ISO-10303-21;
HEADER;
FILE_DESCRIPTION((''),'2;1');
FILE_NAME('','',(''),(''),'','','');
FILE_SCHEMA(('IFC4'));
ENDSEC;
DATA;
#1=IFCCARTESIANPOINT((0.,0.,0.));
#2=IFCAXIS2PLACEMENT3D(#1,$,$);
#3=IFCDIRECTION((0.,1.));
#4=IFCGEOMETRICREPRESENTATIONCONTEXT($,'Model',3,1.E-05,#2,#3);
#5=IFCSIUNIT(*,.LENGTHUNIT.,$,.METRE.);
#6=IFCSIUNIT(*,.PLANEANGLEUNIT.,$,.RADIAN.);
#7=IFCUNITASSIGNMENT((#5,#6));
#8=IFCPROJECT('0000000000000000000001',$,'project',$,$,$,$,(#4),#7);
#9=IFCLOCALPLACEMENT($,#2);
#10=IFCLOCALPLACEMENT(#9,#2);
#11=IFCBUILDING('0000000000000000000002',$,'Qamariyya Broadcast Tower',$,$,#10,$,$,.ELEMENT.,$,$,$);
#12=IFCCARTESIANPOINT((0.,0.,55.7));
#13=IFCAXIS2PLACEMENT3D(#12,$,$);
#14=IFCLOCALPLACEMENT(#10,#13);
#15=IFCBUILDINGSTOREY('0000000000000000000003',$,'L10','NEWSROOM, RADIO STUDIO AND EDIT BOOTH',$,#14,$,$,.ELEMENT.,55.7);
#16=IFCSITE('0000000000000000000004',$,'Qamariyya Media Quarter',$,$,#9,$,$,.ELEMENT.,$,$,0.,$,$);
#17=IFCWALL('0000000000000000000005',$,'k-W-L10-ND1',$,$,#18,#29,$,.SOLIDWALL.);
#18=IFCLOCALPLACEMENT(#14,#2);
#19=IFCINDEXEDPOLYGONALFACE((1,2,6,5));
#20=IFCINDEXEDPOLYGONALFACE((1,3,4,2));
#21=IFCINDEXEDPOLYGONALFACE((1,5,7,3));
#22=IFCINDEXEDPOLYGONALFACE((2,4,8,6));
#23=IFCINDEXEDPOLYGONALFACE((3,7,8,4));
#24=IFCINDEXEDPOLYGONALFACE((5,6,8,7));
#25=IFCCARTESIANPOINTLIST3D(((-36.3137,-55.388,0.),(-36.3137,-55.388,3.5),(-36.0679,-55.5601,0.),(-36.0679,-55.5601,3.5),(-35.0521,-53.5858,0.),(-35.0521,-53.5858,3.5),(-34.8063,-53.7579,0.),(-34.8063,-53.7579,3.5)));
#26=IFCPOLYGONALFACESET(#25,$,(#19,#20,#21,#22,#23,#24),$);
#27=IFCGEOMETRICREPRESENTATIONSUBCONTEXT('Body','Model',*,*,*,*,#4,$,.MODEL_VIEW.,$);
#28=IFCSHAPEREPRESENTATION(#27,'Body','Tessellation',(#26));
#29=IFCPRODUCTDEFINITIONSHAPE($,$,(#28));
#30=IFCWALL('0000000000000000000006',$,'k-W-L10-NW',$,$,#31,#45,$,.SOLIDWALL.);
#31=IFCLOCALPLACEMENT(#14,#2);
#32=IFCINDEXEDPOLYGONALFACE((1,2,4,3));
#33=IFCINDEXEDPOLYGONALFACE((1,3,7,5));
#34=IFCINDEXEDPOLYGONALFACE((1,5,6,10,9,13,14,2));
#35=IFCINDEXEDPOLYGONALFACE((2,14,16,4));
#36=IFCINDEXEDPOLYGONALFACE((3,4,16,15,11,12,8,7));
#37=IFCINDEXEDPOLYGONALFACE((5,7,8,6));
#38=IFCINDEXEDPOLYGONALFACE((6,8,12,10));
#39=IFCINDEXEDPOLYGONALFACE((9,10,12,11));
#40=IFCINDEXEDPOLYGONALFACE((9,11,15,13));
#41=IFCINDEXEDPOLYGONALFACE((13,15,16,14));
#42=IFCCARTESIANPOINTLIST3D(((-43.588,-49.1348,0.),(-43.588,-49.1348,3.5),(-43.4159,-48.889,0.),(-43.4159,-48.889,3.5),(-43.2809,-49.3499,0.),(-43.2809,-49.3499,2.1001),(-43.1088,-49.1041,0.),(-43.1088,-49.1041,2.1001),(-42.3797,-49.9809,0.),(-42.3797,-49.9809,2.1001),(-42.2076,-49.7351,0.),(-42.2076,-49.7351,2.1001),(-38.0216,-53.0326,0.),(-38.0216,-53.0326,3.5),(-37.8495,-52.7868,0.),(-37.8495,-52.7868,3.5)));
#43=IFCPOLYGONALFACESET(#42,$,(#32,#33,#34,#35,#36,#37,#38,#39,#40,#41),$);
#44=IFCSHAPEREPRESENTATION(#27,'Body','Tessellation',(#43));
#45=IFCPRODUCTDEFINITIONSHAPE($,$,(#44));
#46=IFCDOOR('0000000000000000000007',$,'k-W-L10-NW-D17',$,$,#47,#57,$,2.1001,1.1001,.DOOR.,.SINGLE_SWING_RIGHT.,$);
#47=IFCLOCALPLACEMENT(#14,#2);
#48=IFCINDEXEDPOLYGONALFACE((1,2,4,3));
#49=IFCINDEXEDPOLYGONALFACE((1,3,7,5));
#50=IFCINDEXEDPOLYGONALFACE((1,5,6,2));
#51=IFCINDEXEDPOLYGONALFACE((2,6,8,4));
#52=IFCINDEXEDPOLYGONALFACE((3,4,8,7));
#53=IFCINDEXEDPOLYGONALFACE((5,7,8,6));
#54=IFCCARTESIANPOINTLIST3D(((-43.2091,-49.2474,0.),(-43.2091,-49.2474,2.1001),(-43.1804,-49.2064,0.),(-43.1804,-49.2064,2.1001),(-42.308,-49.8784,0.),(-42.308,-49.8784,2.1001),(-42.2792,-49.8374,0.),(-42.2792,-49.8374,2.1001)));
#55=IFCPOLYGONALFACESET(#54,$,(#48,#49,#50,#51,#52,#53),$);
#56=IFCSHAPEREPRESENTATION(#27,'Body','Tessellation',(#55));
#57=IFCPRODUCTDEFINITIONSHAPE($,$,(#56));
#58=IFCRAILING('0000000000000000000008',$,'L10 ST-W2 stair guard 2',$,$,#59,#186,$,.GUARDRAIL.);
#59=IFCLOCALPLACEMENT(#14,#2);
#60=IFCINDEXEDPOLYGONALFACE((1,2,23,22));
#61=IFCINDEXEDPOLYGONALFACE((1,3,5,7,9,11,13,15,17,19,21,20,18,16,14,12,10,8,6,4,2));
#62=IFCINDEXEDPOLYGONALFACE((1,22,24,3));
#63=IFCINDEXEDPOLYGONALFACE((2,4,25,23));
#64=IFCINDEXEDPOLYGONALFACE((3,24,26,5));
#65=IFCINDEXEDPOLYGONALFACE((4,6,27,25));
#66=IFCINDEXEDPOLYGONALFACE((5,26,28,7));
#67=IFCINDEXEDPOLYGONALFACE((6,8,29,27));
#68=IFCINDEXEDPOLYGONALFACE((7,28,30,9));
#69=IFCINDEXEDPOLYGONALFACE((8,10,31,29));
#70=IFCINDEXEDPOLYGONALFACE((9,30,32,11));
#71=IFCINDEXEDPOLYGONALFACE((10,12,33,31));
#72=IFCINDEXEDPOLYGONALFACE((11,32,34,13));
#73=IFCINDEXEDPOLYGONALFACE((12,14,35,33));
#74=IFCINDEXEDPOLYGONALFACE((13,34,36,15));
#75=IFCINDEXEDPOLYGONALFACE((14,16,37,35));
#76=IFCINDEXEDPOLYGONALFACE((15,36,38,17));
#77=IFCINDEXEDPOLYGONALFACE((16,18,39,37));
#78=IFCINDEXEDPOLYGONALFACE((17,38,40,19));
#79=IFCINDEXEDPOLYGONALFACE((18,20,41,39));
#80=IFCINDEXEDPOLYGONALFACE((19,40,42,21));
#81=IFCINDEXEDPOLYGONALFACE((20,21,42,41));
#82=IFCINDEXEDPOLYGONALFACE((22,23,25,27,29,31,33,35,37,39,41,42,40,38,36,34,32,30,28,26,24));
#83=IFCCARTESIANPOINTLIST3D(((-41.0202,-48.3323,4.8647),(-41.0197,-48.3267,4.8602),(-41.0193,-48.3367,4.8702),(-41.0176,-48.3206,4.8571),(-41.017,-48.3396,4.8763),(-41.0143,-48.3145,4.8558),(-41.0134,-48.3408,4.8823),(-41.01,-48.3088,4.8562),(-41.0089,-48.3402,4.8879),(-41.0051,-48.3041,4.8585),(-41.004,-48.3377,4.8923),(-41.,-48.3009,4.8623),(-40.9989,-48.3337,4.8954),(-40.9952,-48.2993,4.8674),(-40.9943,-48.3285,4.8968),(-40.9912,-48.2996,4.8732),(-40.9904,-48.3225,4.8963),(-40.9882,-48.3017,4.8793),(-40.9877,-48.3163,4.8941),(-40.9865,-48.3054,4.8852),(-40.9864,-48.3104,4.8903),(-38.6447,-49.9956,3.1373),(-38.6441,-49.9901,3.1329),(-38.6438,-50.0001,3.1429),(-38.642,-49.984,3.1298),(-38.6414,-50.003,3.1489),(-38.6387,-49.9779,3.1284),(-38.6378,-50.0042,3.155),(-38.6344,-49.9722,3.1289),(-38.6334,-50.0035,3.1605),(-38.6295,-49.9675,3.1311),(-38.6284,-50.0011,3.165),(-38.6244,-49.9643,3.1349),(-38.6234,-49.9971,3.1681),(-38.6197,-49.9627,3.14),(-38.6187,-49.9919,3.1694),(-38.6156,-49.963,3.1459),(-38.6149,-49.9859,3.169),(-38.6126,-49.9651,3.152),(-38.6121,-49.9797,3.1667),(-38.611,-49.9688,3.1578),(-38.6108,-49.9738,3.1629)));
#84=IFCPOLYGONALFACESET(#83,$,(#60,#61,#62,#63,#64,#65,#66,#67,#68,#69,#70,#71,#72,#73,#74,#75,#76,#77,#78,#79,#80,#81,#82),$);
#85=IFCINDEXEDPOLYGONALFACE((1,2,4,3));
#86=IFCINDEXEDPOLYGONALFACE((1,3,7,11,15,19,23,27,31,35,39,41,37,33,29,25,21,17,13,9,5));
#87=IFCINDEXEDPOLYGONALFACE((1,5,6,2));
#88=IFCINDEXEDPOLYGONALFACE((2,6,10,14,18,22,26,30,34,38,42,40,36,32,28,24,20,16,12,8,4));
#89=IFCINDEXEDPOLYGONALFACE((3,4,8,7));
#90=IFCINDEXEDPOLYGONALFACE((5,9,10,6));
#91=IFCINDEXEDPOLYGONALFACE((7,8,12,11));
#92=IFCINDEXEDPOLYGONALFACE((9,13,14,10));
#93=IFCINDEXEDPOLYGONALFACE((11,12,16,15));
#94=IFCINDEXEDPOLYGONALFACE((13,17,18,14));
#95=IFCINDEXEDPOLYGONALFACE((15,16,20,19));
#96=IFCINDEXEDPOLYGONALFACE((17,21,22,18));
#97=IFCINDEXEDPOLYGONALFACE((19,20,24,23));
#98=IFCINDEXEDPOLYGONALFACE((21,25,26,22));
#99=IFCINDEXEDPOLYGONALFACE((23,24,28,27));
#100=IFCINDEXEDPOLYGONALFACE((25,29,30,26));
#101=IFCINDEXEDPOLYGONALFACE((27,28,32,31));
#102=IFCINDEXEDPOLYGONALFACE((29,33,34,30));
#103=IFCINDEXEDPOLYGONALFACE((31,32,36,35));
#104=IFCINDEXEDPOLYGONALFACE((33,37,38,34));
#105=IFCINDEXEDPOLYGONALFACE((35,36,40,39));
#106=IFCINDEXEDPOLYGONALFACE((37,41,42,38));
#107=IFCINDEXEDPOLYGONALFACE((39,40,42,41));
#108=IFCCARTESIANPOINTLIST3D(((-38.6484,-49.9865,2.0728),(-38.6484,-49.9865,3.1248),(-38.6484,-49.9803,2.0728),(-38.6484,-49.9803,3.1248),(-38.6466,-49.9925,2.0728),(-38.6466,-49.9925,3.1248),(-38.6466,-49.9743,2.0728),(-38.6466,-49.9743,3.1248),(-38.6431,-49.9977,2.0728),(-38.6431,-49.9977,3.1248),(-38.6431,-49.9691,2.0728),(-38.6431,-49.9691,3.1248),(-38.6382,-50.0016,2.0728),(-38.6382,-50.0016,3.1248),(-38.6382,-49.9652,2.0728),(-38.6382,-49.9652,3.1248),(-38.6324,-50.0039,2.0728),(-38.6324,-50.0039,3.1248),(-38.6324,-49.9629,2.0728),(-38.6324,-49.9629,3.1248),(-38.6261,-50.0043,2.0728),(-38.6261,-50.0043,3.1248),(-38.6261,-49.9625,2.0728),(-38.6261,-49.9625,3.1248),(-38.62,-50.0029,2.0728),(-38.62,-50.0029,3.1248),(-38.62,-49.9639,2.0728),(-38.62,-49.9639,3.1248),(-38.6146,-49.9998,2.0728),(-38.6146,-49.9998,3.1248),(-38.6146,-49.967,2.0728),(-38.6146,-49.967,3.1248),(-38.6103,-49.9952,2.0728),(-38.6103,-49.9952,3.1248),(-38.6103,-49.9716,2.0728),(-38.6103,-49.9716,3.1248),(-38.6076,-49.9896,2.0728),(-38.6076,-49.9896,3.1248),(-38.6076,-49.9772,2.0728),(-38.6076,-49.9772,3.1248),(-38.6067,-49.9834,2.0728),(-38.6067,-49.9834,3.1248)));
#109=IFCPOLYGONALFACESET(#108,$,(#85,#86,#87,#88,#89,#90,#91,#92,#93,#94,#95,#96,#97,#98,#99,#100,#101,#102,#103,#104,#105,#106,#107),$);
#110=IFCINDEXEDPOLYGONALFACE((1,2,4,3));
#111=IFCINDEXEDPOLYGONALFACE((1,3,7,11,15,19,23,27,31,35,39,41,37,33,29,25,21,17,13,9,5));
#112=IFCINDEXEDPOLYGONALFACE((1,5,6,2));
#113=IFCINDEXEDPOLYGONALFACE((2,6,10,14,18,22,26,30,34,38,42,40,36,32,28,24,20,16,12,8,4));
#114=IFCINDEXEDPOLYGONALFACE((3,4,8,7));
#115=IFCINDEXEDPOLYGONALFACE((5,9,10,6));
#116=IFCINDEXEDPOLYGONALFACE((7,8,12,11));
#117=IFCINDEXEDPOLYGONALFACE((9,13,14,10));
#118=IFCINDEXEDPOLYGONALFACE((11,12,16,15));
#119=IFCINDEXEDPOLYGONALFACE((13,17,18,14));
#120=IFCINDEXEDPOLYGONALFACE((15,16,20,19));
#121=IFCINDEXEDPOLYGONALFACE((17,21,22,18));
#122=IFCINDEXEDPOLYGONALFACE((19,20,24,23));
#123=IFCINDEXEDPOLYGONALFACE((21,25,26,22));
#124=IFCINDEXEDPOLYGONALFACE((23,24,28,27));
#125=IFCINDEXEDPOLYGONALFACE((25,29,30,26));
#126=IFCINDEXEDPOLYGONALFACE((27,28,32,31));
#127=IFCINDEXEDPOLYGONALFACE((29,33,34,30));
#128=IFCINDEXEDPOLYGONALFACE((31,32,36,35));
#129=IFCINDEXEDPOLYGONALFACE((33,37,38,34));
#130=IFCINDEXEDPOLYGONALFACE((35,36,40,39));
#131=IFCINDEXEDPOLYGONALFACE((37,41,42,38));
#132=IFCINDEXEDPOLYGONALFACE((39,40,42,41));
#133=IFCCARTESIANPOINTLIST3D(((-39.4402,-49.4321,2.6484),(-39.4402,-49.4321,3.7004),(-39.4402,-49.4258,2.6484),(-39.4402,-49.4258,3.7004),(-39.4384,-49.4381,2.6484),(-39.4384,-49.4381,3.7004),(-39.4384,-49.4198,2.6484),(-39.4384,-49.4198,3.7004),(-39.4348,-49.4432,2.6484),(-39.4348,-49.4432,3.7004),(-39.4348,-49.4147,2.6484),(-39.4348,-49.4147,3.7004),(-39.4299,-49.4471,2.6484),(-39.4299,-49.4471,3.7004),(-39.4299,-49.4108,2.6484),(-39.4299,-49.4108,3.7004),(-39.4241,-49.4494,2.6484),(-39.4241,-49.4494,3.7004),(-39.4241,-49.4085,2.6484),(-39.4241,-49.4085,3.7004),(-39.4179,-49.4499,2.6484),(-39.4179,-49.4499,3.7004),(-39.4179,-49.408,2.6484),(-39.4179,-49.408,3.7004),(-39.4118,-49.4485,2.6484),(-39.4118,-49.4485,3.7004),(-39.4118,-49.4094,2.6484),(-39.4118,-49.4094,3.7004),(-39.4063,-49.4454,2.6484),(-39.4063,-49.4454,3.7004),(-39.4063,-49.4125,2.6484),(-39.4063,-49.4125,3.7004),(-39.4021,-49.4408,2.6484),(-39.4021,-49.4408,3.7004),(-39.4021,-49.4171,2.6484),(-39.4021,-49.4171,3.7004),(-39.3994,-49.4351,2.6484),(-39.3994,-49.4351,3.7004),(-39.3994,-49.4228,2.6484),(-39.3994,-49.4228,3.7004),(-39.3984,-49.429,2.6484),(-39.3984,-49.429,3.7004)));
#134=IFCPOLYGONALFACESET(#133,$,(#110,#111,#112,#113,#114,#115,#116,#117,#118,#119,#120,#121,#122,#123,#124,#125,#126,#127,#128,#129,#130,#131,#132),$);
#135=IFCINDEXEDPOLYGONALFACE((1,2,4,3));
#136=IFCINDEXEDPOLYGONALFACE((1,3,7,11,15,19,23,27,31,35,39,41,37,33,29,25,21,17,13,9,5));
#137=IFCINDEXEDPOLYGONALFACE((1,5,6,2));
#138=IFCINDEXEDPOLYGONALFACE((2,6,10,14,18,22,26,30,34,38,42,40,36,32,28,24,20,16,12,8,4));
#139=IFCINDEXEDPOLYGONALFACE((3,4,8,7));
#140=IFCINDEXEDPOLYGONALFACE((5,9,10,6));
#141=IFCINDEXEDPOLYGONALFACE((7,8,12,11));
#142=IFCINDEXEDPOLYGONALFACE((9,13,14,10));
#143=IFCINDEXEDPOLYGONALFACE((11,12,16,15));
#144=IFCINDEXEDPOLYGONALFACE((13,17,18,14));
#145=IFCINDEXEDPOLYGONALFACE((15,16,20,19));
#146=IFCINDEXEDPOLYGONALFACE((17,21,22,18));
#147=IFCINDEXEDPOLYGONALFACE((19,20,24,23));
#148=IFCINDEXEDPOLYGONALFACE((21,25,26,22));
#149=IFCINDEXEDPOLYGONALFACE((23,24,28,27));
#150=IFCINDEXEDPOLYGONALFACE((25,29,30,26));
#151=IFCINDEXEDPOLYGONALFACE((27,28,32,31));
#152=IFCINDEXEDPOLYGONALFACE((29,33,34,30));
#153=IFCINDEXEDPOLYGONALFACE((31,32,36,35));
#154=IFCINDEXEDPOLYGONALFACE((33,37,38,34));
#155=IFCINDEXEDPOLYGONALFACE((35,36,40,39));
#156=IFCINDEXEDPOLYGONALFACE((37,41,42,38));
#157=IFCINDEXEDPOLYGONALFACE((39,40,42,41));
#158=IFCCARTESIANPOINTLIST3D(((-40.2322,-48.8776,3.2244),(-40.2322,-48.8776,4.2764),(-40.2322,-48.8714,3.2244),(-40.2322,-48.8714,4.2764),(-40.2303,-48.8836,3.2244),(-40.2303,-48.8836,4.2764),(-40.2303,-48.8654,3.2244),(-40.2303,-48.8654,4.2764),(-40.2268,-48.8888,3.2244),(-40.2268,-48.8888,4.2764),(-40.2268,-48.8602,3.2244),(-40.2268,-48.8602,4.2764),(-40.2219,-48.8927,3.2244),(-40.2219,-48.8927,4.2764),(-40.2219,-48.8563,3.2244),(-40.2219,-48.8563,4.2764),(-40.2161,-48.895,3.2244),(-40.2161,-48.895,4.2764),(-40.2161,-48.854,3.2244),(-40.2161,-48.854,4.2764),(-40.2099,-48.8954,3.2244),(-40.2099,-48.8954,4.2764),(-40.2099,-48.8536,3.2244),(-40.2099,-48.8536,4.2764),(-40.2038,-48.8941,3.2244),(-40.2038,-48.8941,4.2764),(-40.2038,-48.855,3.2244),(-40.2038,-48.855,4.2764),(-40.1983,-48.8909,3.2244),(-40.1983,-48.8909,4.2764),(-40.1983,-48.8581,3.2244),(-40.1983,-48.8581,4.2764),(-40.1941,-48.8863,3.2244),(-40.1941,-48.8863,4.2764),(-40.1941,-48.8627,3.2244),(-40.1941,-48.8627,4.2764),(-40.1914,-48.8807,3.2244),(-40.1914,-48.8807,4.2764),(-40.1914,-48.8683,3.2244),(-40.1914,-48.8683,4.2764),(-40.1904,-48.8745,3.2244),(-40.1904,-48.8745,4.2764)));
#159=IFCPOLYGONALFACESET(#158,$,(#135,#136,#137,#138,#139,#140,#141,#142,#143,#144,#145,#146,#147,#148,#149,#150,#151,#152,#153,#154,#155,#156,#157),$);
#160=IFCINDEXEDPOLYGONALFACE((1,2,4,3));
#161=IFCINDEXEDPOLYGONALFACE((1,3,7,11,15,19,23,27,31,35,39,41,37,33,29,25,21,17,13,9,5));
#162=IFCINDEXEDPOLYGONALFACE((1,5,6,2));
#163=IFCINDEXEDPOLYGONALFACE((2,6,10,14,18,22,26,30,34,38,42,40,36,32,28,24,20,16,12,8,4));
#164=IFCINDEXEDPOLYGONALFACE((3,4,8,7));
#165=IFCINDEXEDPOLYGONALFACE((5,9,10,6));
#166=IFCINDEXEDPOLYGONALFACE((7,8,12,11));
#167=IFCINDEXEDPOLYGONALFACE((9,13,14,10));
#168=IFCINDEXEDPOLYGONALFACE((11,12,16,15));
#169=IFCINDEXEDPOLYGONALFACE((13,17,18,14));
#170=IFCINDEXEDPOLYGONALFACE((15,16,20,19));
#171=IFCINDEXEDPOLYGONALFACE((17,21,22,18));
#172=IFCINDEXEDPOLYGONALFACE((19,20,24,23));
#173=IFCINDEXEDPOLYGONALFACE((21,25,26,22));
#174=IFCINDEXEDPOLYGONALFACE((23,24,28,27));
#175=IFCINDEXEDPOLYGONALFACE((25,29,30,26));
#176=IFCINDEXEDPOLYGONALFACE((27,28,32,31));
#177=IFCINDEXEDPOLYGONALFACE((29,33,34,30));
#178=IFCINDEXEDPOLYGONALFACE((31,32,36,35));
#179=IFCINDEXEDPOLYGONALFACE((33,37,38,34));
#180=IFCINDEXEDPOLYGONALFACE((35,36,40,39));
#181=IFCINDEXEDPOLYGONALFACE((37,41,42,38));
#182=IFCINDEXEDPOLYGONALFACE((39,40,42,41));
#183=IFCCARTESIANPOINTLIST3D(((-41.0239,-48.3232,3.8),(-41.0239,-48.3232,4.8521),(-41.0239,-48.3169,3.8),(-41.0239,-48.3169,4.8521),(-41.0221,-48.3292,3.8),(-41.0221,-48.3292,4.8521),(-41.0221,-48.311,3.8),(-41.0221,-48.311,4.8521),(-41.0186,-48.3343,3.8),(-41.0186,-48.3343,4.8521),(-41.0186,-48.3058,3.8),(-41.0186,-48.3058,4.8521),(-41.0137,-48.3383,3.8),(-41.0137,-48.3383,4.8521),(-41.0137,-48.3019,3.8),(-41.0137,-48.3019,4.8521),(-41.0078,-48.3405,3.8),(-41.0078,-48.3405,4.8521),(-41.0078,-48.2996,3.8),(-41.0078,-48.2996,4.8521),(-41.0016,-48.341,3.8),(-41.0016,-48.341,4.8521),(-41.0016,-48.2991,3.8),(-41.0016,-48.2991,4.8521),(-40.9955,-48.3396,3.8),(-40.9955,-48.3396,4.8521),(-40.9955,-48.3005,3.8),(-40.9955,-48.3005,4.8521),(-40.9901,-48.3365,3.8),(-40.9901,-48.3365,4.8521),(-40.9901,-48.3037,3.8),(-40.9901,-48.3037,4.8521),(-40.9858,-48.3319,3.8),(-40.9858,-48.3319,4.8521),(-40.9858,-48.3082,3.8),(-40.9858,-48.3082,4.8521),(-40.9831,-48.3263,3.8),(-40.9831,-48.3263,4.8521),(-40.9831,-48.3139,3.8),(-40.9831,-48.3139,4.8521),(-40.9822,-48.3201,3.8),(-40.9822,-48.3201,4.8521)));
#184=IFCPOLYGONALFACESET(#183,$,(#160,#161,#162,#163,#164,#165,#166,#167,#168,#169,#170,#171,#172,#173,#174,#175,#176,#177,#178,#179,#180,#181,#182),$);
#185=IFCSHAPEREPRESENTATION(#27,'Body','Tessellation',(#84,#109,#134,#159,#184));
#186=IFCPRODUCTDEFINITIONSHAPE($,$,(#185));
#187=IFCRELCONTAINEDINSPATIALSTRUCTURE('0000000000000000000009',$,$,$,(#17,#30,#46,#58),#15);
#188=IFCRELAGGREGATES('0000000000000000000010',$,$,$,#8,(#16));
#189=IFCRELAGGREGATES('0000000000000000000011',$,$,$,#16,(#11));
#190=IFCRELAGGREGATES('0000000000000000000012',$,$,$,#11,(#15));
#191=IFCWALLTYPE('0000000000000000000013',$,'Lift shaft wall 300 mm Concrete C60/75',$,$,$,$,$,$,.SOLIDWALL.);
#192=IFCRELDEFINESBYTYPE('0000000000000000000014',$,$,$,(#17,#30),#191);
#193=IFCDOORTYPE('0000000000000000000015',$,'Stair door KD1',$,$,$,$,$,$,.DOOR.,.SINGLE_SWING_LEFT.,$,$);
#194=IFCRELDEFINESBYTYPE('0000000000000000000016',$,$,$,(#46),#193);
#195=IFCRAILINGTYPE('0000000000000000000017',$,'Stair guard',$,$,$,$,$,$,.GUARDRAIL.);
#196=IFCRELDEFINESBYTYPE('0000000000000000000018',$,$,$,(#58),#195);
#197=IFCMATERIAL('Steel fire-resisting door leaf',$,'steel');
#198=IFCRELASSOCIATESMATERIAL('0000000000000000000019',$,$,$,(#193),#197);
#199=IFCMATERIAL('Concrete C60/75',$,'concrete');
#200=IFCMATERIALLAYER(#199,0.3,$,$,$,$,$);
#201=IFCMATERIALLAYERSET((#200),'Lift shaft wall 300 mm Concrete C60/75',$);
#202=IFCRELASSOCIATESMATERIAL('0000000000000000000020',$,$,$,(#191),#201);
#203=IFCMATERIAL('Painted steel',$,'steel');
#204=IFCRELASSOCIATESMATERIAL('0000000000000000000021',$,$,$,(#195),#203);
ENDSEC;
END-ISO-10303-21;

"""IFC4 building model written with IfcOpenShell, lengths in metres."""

from ifc_helpers import new_model, si_unit, direction, frame, frame_2d, origin, origin_2d, place, context, subcontext, project, spatial, rectangle, circle, extrude, material, layer, layer_set, type_object, element, fill, save


model = new_model("IFC4")

# Units and contexts
model_context = context("Model", 3, precision=1e-05, world=origin(), true_north=direction((0.0, 1.0)))
body_context = subcontext(model_context, "Body", "Model", "MODEL_VIEW")
ifc_project = project(units=[si_unit("LENGTHUNIT", "METRE"), si_unit("PLANEANGLEUNIT", "RADIAN")], contexts=[model_context])

# Site, building, storey
site_placement = place(None, origin())
site = spatial("IfcSite", under=ifc_project, at=site_placement, Name="Qamariyya Media Quarter", CompositionType="ELEMENT", RefElevation=0.0)
building_placement = place(site_placement, origin())
building = spatial("IfcBuilding", under=site, at=building_placement, Name="Qamariyya Broadcast Tower", CompositionType="ELEMENT")
storey_placement = place(building_placement, frame((0.0, 0.0, 55.7)))
storey = spatial("IfcBuildingStorey", under=building, at=storey_placement, Name="L10", Description="NEWSROOM, RADIO STUDIO AND EDIT BOOTH", CompositionType="ELEMENT", Elevation=55.7)

# Shared definitions
ifc_material_1 = material(Name="Steel fire-resisting door leaf", Category="steel")
door_type_1 = type_object("IfcDoorType", Name="Stair door KD1", OperationType="SINGLE_SWING_LEFT", PredefinedType="DOOR", material=ifc_material_1)

# Wall
ifc_material_2 = material(Name="Concrete C60/75", Category="concrete")
ifc_layer_1 = layer(ifc_material_2, 0.3)
ifc_layer_set_1 = layer_set([ifc_layer_1], Name="Lift shaft wall 300 mm Concrete C60/75")
wall_type_1 = type_object("IfcWallType", Name="Lift shaft wall 300 mm Concrete C60/75", PredefinedType="SOLIDWALL", material=ifc_layer_set_1)
wall_1_placement = place(storey_placement, frame((-36.1909, -55.4741, 0.0), z_axis=(0.0, 0.0, 1.0), x_axis=(0.573507, 0.819201, 0.0)))
element("IfcWall", 1, at=wall_1_placement, inside=storey, type_object=wall_type_1, Name="k-W-L10-ND1", PredefinedType="SOLIDWALL", context=body_context, shape_type="SweptSolid", body=[
    extrude(rectangle(XDim=2.2, YDim=0.3, at=frame_2d((1.1001, 0.0))), origin(), (0.0, 0.0, 1.0), 3.5),
])

# Wall, opening, door
wall_2_placement = place(storey_placement, frame((-37.9355, -52.9097, 0.0), z_axis=(0.0, 0.0, 1.0), x_axis=(-0.819148, 0.573583, 0.0)))
wall_2 = element("IfcWall", 2, at=wall_2_placement, inside=storey, type_object=wall_type_1, Name="k-W-L10-NW", PredefinedType="SOLIDWALL", context=body_context, shape_type="SweptSolid", body=[
    extrude(rectangle(XDim=6.7954, YDim=0.3, at=frame_2d((3.3977, 0.0))), origin(), (0.0, 0.0, 1.0), 3.5),
])
opening_1_placement = place(wall_2_placement, frame((5.3203, 0.0, 0.0)))
opening_1 = element("IfcOpeningElement", 3, at=opening_1_placement, cuts=wall_2, PredefinedType="OPENING", context=body_context, shape_type="SweptSolid", body=[
    extrude(rectangle(XDim=1.1001, YDim=2.1001, at=frame_2d((0.55, 1.05))), frame((0.0, 0.1599, 0.0), z_axis=(0.0, -1.0, 0.0), x_axis=(1.0, 0.0, 0.0)), (0.0, 0.0, 1.0), 0.3201),
])
door_1_placement = place(opening_1_placement, origin())
door_1 = element("IfcDoor", 4, at=door_1_placement, inside=storey, type_object=door_type_1, Name="k-W-L10-NW-D17", OperationType="SINGLE_SWING_RIGHT", OverallHeight=2.1001, OverallWidth=1.1001, PredefinedType="DOOR", context=body_context, shape_type="SweptSolid", body=[
    extrude(rectangle(XDim=1.1001, YDim=2.1001, at=frame_2d((0.55, 1.05))), frame((0.0, 0.0249, 0.0), z_axis=(0.0, -1.0, 0.0), x_axis=(1.0, 0.0, 0.0)), (0.0, 0.0, 1.0), 0.05),
])
fill(opening_1, door_1)

# Railing
ifc_material_3 = material(Name="Painted steel", Category="steel")
railing_type = type_object("IfcRailingType", Name="Stair guard", PredefinedType="GUARDRAIL", material=ifc_material_3)
railing_placement = place(storey_placement, frame((-38.6277, -49.9834, 2.0728)))
element("IfcRailing", 5, at=railing_placement, inside=storey, type_object=railing_type, Name="L10 ST-W2 stair guard 2", PredefinedType="GUARDRAIL", context=body_context, shape_type="SweptSolid", body=[
    extrude(circle(Radius=0.0239, at=origin_2d()), frame((0.0, 0.0, 1.0762), z_axis=(-0.70377, 0.492784, 0.511734), x_axis=(-0.573575, -0.819153, 0.0)), (0.0, 0.0, 1.0), 3.3755),
    extrude(circle(Radius=0.021, at=origin_2d()), origin(), (0.0, 0.0, 1.0), 1.052),
    extrude(circle(Radius=0.021, at=origin_2d()), frame((-0.7917, 0.5544, 0.5757)), (0.0, 0.0, 1.0), 1.052),
    extrude(circle(Radius=0.021, at=origin_2d()), frame((-1.5837, 1.1089, 1.1516)), (0.0, 0.0, 1.0), 1.052),
    extrude(circle(Radius=0.021, at=origin_2d()), frame((-2.3755, 1.6633, 1.7273)), (0.0, 0.0, 1.0), 1.052),
])

save(model, "model.ifc")
